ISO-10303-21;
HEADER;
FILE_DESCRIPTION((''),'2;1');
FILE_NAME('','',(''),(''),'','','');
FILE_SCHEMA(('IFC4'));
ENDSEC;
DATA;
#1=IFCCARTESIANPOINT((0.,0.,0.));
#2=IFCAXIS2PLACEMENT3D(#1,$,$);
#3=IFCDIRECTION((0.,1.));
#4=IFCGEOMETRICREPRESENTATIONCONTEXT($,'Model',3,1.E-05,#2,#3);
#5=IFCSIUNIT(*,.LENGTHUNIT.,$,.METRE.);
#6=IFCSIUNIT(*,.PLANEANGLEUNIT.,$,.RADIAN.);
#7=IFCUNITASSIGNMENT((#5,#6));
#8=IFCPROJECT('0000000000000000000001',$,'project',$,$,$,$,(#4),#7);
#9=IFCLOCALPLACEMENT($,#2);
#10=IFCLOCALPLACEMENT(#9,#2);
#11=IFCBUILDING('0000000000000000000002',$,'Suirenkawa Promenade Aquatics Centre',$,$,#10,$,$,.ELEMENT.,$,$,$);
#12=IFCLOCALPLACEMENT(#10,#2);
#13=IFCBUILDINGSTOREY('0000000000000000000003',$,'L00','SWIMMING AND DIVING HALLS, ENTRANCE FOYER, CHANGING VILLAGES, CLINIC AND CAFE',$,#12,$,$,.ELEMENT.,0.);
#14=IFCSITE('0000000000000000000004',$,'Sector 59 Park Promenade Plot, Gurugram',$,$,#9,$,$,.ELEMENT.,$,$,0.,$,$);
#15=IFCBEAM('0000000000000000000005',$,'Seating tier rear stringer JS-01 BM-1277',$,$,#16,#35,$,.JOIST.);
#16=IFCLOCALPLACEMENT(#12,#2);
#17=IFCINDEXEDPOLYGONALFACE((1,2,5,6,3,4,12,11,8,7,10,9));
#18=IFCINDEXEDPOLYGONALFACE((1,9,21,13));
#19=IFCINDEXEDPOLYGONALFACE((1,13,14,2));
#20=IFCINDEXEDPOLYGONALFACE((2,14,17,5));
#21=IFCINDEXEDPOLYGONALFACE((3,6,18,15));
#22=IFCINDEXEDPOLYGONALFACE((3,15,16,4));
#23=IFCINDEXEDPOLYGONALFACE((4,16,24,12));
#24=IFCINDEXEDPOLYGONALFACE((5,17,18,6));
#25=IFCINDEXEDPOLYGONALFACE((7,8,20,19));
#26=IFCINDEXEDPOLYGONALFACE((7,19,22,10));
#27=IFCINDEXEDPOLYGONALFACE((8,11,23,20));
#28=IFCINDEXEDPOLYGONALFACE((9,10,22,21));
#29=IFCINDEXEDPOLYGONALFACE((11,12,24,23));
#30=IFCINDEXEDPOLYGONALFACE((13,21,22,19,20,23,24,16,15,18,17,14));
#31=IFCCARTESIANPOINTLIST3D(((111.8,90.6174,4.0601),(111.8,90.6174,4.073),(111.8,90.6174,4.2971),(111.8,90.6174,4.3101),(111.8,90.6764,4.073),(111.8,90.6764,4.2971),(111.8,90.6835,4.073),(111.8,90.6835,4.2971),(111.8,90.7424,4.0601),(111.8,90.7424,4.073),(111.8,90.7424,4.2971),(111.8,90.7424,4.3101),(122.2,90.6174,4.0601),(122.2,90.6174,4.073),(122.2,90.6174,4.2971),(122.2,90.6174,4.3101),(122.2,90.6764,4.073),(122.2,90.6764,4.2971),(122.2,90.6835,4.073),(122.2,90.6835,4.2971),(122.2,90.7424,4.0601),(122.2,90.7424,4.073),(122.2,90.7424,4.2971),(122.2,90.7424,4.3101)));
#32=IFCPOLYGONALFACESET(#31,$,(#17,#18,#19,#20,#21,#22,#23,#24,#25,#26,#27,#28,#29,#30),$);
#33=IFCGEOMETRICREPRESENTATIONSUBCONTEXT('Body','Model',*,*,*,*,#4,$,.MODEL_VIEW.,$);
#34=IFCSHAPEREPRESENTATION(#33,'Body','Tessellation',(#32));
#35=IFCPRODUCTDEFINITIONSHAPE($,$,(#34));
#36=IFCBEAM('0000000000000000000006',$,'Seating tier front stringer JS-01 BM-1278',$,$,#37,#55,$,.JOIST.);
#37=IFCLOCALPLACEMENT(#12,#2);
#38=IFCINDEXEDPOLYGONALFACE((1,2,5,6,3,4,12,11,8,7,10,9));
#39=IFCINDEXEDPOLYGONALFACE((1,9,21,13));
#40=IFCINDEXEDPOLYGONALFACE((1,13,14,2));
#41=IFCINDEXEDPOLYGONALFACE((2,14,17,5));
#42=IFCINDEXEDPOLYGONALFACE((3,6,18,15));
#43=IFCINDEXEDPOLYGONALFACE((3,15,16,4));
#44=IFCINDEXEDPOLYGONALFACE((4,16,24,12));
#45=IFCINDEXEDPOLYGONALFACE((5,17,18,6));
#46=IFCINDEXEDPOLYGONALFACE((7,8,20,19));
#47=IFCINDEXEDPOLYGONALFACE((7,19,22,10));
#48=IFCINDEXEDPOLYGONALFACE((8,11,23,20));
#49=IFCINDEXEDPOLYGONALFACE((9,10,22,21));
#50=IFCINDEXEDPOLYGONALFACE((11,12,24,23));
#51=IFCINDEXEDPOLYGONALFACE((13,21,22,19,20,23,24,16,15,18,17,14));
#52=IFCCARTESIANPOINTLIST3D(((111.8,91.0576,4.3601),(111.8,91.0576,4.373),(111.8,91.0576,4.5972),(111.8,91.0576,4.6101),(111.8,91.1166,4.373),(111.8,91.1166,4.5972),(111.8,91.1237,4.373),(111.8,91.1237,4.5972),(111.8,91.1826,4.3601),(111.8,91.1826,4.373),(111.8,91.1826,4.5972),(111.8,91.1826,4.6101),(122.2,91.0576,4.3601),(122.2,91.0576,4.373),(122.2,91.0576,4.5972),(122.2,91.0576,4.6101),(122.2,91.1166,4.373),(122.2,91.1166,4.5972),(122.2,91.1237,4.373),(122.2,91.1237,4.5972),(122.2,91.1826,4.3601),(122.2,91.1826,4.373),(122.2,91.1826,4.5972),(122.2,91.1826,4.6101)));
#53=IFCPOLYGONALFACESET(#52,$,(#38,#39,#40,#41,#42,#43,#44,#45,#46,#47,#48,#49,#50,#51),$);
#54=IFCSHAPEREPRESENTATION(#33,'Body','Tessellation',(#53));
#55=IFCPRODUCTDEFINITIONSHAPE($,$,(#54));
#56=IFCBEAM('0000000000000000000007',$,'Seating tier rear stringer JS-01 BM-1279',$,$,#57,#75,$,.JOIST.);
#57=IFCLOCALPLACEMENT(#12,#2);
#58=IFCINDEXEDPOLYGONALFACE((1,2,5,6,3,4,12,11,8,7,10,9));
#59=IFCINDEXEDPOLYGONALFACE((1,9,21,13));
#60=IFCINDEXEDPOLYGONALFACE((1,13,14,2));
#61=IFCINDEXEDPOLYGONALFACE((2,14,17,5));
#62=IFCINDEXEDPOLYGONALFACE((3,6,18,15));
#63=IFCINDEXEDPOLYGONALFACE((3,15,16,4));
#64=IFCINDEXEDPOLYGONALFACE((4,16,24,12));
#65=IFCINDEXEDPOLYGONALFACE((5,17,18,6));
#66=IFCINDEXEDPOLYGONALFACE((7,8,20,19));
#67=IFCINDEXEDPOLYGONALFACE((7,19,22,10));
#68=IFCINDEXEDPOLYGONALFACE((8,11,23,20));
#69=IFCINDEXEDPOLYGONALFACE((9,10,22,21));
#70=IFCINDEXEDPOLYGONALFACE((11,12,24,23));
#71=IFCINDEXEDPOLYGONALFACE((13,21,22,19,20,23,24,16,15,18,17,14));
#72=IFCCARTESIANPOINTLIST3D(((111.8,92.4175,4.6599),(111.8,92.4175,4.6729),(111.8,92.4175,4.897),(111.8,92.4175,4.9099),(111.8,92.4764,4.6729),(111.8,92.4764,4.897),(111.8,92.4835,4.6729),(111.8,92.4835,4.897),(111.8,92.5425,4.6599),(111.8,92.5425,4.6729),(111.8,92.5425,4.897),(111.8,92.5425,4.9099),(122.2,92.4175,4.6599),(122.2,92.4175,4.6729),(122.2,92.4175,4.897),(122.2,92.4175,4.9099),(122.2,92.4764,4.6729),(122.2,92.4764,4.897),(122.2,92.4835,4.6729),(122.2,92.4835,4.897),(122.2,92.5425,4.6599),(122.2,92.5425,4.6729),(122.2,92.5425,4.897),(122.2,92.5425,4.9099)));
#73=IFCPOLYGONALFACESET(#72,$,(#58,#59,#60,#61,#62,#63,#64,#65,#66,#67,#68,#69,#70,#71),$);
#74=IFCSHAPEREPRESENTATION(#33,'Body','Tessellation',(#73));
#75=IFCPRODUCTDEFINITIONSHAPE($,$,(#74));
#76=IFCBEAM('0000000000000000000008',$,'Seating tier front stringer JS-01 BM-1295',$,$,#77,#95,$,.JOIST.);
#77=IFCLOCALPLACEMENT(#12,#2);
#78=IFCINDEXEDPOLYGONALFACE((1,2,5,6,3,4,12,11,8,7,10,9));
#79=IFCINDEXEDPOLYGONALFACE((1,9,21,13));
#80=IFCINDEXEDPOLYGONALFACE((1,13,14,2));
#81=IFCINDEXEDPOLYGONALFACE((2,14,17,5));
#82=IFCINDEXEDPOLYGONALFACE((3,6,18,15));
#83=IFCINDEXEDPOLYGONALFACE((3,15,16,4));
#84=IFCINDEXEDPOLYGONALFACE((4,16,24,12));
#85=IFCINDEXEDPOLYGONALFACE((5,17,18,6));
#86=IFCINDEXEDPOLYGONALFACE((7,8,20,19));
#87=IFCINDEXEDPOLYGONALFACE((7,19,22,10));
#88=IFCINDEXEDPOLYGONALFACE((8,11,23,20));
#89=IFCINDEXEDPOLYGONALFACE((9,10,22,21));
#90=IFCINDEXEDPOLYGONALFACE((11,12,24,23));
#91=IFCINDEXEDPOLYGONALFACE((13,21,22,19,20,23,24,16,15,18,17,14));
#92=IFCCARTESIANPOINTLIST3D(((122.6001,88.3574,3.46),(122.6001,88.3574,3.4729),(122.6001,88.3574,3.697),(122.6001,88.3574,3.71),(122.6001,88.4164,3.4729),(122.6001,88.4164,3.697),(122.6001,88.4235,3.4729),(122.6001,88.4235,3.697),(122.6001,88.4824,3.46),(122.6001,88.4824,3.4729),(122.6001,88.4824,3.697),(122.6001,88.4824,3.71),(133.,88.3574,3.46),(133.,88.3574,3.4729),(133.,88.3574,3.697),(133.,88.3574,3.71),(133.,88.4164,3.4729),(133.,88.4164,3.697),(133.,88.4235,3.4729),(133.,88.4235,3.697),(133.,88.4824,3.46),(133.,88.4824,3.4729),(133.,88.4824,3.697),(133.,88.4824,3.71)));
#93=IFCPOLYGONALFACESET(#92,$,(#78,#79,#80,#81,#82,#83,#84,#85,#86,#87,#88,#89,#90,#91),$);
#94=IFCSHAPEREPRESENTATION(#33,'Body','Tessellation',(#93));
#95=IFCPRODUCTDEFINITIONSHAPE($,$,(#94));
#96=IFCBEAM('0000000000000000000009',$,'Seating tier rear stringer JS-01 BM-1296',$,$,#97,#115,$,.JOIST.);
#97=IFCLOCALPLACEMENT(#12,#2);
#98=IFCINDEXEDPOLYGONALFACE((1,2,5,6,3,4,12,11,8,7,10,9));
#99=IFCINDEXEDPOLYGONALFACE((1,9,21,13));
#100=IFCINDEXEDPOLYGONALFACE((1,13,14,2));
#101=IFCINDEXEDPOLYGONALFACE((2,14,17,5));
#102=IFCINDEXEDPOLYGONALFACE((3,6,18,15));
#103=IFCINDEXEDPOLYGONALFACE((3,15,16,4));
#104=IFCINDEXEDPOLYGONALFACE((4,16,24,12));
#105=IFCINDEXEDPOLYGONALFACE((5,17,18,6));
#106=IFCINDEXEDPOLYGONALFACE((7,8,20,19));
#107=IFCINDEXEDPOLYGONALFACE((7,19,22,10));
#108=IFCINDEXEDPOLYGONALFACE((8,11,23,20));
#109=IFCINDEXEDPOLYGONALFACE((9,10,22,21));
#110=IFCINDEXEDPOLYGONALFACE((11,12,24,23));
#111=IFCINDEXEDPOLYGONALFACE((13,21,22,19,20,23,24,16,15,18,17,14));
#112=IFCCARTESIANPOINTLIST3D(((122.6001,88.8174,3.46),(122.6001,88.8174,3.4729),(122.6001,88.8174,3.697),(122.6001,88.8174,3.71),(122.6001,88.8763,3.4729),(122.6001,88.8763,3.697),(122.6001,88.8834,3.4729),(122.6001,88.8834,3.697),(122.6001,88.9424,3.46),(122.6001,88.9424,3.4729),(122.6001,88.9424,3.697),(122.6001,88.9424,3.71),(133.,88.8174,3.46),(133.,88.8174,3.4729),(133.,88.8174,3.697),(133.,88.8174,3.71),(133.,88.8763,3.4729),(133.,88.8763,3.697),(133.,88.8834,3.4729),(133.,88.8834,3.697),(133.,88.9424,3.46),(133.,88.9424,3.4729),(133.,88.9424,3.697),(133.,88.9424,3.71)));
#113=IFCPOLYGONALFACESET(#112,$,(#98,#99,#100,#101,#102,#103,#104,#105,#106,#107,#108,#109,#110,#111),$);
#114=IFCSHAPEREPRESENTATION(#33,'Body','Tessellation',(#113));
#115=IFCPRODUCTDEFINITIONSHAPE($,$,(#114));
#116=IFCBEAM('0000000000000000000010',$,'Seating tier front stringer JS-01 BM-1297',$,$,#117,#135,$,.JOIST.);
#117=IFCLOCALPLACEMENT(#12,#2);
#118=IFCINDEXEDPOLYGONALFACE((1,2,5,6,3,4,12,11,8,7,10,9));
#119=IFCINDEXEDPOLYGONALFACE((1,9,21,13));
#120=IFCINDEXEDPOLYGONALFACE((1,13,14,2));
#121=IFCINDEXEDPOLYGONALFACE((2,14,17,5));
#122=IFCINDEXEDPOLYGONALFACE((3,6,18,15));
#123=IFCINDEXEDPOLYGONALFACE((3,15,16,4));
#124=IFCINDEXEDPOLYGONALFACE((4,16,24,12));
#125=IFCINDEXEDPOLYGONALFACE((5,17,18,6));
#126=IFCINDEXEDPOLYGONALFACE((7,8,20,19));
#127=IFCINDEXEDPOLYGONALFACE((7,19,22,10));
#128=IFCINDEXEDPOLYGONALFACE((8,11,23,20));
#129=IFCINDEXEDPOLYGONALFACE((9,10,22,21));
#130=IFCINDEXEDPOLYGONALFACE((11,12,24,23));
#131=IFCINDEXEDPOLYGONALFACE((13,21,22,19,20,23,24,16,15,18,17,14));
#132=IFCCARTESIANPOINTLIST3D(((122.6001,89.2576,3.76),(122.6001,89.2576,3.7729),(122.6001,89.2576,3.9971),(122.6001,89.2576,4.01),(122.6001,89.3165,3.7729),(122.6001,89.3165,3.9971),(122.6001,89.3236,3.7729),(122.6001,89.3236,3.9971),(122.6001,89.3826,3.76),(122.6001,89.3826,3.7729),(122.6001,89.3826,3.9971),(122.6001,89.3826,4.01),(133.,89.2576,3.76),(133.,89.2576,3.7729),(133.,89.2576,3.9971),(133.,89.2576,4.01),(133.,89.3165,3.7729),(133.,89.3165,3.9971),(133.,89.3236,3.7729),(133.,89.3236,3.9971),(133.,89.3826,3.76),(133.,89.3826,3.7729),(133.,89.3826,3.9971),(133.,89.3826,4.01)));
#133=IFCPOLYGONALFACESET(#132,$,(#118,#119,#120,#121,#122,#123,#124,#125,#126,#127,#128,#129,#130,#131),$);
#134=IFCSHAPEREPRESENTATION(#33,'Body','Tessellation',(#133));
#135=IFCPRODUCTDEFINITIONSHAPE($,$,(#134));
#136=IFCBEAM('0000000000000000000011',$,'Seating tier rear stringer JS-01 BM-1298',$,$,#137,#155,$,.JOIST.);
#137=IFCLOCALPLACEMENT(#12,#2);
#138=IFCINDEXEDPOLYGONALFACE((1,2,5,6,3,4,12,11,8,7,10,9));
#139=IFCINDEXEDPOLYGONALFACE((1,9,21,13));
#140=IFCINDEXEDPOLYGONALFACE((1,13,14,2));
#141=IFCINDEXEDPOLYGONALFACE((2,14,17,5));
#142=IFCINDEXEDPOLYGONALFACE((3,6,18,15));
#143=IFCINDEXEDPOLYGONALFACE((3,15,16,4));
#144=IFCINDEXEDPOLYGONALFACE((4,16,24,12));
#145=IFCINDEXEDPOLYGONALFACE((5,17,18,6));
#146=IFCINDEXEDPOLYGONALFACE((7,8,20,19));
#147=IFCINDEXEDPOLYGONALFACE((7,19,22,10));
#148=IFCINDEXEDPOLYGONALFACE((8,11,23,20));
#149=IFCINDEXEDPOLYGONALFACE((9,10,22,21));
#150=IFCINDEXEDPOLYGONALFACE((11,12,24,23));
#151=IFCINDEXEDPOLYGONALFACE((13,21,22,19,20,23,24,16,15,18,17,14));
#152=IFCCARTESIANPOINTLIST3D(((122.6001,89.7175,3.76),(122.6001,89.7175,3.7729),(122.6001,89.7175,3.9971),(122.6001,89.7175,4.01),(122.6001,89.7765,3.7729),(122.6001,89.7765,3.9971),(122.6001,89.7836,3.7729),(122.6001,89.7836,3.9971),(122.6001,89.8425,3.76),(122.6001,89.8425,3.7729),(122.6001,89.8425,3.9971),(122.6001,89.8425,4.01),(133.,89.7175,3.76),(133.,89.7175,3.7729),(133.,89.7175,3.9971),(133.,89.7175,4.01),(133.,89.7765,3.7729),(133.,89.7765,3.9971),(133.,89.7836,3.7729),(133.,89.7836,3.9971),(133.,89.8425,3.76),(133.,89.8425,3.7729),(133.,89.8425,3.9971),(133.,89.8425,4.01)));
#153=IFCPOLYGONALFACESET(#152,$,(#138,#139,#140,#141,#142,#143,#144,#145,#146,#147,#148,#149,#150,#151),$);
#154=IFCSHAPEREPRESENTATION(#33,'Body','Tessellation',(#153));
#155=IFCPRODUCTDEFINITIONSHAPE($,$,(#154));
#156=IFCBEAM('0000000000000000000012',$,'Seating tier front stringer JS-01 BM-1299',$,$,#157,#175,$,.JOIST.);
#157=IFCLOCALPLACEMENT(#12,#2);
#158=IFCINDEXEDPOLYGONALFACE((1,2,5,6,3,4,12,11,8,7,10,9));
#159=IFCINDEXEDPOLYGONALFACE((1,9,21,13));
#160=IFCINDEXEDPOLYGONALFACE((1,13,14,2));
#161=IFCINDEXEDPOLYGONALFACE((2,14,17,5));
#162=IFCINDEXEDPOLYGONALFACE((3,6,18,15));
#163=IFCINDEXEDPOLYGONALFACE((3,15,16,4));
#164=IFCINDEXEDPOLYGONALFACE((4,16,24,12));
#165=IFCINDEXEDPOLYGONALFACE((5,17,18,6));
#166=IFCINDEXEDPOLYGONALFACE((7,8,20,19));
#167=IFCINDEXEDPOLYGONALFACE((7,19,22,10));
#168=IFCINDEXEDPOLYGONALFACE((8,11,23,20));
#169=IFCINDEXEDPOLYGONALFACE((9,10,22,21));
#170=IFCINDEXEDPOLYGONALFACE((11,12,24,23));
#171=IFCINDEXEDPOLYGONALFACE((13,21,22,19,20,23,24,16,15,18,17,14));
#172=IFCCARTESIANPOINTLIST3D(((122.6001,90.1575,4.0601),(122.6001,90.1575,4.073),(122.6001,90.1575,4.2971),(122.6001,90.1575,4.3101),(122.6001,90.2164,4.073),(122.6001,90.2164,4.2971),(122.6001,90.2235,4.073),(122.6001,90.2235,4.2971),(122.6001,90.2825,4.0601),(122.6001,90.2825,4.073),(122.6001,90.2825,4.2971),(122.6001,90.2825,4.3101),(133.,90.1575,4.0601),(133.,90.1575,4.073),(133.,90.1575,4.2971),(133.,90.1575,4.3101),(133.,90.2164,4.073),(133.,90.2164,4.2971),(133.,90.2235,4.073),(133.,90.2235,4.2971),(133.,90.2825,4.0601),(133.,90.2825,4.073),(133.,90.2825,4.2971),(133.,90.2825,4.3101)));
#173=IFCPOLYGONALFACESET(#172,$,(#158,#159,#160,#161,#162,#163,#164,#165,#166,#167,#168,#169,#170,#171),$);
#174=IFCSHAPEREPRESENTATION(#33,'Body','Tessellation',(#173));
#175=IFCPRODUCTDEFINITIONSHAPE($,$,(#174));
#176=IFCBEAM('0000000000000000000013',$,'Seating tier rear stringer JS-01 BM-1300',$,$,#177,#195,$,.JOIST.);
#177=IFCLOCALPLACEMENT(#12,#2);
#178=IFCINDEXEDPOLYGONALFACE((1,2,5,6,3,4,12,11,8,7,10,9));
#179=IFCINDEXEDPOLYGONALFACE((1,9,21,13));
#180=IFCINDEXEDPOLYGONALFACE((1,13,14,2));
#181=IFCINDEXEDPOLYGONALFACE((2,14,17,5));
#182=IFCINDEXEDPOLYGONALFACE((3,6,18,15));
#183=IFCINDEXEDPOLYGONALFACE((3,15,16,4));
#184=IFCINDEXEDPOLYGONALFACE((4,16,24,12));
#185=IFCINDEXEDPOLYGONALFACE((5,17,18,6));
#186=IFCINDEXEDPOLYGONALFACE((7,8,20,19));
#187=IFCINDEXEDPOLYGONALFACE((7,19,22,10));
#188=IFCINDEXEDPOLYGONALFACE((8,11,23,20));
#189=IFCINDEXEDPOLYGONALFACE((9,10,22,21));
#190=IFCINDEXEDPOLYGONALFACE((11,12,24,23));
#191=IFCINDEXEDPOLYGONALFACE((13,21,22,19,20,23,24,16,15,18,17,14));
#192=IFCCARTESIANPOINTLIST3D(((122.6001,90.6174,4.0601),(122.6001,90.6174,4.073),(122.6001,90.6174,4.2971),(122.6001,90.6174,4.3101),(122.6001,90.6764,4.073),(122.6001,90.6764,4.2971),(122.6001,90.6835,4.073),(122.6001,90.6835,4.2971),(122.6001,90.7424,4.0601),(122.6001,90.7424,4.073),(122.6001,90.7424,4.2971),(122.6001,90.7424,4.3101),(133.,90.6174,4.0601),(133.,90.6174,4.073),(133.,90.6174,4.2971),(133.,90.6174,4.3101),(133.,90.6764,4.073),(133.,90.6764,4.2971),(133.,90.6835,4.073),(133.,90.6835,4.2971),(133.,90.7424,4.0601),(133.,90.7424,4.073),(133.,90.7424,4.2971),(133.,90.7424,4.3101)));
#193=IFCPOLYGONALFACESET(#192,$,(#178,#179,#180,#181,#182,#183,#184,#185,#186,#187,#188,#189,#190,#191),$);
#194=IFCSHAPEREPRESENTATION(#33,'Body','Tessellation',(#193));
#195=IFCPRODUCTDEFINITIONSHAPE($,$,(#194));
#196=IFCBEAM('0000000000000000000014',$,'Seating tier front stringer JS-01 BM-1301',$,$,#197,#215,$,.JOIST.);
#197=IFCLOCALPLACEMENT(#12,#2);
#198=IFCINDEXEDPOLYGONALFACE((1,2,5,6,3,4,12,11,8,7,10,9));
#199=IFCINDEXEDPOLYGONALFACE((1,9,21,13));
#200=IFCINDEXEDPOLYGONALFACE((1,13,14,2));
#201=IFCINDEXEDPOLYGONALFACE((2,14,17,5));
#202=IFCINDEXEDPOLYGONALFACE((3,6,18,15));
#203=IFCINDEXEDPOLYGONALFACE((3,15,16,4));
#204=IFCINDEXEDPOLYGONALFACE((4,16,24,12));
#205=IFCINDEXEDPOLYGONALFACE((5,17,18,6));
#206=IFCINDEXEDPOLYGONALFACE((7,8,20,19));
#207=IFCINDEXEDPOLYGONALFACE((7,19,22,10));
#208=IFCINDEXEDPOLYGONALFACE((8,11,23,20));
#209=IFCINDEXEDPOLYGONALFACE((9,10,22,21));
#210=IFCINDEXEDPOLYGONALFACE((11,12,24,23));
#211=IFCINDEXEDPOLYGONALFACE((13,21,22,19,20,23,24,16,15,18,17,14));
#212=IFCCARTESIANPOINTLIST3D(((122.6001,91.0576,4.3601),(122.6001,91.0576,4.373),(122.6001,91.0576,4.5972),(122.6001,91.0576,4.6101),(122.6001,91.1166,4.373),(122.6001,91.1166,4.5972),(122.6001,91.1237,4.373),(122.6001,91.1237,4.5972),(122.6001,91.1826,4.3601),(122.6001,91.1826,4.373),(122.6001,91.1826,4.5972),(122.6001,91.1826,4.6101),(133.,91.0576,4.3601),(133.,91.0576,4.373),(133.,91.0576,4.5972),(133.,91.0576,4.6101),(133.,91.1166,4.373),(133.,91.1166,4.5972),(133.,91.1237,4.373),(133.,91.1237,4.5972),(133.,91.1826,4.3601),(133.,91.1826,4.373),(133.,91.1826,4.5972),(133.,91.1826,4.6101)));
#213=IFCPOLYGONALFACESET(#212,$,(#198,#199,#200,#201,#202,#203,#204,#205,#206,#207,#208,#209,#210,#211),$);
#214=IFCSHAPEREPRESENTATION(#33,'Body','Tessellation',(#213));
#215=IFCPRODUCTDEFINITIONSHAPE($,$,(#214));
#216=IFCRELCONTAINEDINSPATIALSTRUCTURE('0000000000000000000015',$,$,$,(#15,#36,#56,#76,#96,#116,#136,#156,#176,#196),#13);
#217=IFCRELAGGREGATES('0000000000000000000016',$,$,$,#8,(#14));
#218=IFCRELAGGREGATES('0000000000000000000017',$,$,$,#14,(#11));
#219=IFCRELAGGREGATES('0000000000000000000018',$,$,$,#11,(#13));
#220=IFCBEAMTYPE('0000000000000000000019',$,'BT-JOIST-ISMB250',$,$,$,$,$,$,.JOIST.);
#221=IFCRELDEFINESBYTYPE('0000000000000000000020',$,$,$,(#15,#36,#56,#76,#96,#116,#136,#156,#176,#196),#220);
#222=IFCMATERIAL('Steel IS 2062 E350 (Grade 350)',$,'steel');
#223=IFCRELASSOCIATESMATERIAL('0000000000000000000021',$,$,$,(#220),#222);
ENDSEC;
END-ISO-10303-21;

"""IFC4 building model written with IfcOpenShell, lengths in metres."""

from ifc_helpers import new_model, si_unit, direction, frame, origin, origin_2d, place, context, subcontext, project, spatial, i_section, extrude, material, material_profile, profile_set, type_object, element, save


model = new_model("IFC4")

# Units and contexts
model_context = context("Model", 3, precision=1e-05, world=origin(), true_north=direction((0.0, 1.0)))
body_context = subcontext(model_context, "Body", "Model", "MODEL_VIEW")
ifc_project = project(units=[si_unit("LENGTHUNIT", "METRE"), si_unit("PLANEANGLEUNIT", "RADIAN")], contexts=[model_context])

# Site, building, storey
site_placement = place(None, origin())
site = spatial("IfcSite", under=ifc_project, at=site_placement, Name="Sector 59 Park Promenade Plot, Gurugram", CompositionType="ELEMENT", RefElevation=0.0)
building_placement = place(site_placement, origin())
building = spatial("IfcBuilding", under=site, at=building_placement, Name="Suirenkawa Promenade Aquatics Centre", CompositionType="ELEMENT")
storey_placement = place(building_placement, origin())
storey = spatial("IfcBuildingStorey", under=building, at=storey_placement, Name="L00", Description="SWIMMING AND DIVING HALLS, ENTRANCE FOYER, CHANGING VILLAGES, CLINIC AND CAFE", CompositionType="ELEMENT", Elevation=0.0)

# Beams
ifc_material_1 = material(Name="Steel IS 2062 E350 (Grade 350)", Category="steel")
ifc_material_profile_1 = material_profile(ifc_material_1, i_section(OverallWidth=0.125, OverallDepth=0.25, WebThickness=0.0071, FlangeThickness=0.0129, at=origin_2d()), Name="ISMB 250", Category="steel")
ifc_profile_set_1 = profile_set([ifc_material_profile_1], Name="Steel IS 2062 E350 (Grade 350)")
beam_type_1 = type_object("IfcBeamType", Name="BT-JOIST-ISMB250", PredefinedType="JOIST", material=ifc_profile_set_1)
for number, where, z_axis, x_axis, name in (
    (1, (111.8, 90.6799, 4.1851), (1.0, 0.0, 0.0), (0.0, 1.0, 0.0), "Seating tier rear stringer JS-01 BM-1277"),
    (2, (111.8, 91.1201, 4.4851), (1.0, 0.0, 0.0), (0.0, 1.0, 0.0), "Seating tier front stringer JS-01 BM-1278"),
    (3, (111.8, 92.48, 4.7849), (1.0, 0.0, 0.0), (0.0, 1.0, 0.0), "Seating tier rear stringer JS-01 BM-1279"),
    (4, (122.6001, 88.4199, 3.585), (1.0, 0.0, 0.0), (0.0, 1.0, 0.0), "Seating tier front stringer JS-01 BM-1295"),
    (5, (122.6001, 88.8799, 3.585), (1.0, 0.0, 0.0), (0.0, 1.0, 0.0), "Seating tier rear stringer JS-01 BM-1296"),
    (6, (122.6001, 89.3201, 3.885), (1.0, 0.0, 0.0), (0.0, 1.0, 0.0), "Seating tier front stringer JS-01 BM-1297"),
    (7, (122.6001, 89.78, 3.885), (1.0, 0.0, 0.0), (0.0, 1.0, 0.0), "Seating tier rear stringer JS-01 BM-1298"),
    (8, (122.6001, 90.22, 4.1851), (1.0, 0.0, 0.0), (0.0, 1.0, 0.0), "Seating tier front stringer JS-01 BM-1299"),
    (9, (122.6001, 90.6799, 4.1851), (1.0, 0.0, 0.0), (0.0, 1.0, 0.0), "Seating tier rear stringer JS-01 BM-1300"),
    (10, (122.6001, 91.1201, 4.4851), (1.0, 0.0, 0.0), (0.0, 1.0, 0.0), "Seating tier front stringer JS-01 BM-1301"),
):
    element("IfcBeam", number, at=place(storey_placement, frame(where, z_axis=z_axis, x_axis=x_axis)), inside=storey, type_object=beam_type_1, Name=name, PredefinedType="JOIST", context=body_context, shape_type="SweptSolid", body=[
        extrude(i_section(OverallWidth=0.125, OverallDepth=0.25, WebThickness=0.0071, FlangeThickness=0.0129, at=origin_2d()), origin(), (0.0, 0.0, 1.0), 10.3999),
    ])

save(model, "model.ifc")
